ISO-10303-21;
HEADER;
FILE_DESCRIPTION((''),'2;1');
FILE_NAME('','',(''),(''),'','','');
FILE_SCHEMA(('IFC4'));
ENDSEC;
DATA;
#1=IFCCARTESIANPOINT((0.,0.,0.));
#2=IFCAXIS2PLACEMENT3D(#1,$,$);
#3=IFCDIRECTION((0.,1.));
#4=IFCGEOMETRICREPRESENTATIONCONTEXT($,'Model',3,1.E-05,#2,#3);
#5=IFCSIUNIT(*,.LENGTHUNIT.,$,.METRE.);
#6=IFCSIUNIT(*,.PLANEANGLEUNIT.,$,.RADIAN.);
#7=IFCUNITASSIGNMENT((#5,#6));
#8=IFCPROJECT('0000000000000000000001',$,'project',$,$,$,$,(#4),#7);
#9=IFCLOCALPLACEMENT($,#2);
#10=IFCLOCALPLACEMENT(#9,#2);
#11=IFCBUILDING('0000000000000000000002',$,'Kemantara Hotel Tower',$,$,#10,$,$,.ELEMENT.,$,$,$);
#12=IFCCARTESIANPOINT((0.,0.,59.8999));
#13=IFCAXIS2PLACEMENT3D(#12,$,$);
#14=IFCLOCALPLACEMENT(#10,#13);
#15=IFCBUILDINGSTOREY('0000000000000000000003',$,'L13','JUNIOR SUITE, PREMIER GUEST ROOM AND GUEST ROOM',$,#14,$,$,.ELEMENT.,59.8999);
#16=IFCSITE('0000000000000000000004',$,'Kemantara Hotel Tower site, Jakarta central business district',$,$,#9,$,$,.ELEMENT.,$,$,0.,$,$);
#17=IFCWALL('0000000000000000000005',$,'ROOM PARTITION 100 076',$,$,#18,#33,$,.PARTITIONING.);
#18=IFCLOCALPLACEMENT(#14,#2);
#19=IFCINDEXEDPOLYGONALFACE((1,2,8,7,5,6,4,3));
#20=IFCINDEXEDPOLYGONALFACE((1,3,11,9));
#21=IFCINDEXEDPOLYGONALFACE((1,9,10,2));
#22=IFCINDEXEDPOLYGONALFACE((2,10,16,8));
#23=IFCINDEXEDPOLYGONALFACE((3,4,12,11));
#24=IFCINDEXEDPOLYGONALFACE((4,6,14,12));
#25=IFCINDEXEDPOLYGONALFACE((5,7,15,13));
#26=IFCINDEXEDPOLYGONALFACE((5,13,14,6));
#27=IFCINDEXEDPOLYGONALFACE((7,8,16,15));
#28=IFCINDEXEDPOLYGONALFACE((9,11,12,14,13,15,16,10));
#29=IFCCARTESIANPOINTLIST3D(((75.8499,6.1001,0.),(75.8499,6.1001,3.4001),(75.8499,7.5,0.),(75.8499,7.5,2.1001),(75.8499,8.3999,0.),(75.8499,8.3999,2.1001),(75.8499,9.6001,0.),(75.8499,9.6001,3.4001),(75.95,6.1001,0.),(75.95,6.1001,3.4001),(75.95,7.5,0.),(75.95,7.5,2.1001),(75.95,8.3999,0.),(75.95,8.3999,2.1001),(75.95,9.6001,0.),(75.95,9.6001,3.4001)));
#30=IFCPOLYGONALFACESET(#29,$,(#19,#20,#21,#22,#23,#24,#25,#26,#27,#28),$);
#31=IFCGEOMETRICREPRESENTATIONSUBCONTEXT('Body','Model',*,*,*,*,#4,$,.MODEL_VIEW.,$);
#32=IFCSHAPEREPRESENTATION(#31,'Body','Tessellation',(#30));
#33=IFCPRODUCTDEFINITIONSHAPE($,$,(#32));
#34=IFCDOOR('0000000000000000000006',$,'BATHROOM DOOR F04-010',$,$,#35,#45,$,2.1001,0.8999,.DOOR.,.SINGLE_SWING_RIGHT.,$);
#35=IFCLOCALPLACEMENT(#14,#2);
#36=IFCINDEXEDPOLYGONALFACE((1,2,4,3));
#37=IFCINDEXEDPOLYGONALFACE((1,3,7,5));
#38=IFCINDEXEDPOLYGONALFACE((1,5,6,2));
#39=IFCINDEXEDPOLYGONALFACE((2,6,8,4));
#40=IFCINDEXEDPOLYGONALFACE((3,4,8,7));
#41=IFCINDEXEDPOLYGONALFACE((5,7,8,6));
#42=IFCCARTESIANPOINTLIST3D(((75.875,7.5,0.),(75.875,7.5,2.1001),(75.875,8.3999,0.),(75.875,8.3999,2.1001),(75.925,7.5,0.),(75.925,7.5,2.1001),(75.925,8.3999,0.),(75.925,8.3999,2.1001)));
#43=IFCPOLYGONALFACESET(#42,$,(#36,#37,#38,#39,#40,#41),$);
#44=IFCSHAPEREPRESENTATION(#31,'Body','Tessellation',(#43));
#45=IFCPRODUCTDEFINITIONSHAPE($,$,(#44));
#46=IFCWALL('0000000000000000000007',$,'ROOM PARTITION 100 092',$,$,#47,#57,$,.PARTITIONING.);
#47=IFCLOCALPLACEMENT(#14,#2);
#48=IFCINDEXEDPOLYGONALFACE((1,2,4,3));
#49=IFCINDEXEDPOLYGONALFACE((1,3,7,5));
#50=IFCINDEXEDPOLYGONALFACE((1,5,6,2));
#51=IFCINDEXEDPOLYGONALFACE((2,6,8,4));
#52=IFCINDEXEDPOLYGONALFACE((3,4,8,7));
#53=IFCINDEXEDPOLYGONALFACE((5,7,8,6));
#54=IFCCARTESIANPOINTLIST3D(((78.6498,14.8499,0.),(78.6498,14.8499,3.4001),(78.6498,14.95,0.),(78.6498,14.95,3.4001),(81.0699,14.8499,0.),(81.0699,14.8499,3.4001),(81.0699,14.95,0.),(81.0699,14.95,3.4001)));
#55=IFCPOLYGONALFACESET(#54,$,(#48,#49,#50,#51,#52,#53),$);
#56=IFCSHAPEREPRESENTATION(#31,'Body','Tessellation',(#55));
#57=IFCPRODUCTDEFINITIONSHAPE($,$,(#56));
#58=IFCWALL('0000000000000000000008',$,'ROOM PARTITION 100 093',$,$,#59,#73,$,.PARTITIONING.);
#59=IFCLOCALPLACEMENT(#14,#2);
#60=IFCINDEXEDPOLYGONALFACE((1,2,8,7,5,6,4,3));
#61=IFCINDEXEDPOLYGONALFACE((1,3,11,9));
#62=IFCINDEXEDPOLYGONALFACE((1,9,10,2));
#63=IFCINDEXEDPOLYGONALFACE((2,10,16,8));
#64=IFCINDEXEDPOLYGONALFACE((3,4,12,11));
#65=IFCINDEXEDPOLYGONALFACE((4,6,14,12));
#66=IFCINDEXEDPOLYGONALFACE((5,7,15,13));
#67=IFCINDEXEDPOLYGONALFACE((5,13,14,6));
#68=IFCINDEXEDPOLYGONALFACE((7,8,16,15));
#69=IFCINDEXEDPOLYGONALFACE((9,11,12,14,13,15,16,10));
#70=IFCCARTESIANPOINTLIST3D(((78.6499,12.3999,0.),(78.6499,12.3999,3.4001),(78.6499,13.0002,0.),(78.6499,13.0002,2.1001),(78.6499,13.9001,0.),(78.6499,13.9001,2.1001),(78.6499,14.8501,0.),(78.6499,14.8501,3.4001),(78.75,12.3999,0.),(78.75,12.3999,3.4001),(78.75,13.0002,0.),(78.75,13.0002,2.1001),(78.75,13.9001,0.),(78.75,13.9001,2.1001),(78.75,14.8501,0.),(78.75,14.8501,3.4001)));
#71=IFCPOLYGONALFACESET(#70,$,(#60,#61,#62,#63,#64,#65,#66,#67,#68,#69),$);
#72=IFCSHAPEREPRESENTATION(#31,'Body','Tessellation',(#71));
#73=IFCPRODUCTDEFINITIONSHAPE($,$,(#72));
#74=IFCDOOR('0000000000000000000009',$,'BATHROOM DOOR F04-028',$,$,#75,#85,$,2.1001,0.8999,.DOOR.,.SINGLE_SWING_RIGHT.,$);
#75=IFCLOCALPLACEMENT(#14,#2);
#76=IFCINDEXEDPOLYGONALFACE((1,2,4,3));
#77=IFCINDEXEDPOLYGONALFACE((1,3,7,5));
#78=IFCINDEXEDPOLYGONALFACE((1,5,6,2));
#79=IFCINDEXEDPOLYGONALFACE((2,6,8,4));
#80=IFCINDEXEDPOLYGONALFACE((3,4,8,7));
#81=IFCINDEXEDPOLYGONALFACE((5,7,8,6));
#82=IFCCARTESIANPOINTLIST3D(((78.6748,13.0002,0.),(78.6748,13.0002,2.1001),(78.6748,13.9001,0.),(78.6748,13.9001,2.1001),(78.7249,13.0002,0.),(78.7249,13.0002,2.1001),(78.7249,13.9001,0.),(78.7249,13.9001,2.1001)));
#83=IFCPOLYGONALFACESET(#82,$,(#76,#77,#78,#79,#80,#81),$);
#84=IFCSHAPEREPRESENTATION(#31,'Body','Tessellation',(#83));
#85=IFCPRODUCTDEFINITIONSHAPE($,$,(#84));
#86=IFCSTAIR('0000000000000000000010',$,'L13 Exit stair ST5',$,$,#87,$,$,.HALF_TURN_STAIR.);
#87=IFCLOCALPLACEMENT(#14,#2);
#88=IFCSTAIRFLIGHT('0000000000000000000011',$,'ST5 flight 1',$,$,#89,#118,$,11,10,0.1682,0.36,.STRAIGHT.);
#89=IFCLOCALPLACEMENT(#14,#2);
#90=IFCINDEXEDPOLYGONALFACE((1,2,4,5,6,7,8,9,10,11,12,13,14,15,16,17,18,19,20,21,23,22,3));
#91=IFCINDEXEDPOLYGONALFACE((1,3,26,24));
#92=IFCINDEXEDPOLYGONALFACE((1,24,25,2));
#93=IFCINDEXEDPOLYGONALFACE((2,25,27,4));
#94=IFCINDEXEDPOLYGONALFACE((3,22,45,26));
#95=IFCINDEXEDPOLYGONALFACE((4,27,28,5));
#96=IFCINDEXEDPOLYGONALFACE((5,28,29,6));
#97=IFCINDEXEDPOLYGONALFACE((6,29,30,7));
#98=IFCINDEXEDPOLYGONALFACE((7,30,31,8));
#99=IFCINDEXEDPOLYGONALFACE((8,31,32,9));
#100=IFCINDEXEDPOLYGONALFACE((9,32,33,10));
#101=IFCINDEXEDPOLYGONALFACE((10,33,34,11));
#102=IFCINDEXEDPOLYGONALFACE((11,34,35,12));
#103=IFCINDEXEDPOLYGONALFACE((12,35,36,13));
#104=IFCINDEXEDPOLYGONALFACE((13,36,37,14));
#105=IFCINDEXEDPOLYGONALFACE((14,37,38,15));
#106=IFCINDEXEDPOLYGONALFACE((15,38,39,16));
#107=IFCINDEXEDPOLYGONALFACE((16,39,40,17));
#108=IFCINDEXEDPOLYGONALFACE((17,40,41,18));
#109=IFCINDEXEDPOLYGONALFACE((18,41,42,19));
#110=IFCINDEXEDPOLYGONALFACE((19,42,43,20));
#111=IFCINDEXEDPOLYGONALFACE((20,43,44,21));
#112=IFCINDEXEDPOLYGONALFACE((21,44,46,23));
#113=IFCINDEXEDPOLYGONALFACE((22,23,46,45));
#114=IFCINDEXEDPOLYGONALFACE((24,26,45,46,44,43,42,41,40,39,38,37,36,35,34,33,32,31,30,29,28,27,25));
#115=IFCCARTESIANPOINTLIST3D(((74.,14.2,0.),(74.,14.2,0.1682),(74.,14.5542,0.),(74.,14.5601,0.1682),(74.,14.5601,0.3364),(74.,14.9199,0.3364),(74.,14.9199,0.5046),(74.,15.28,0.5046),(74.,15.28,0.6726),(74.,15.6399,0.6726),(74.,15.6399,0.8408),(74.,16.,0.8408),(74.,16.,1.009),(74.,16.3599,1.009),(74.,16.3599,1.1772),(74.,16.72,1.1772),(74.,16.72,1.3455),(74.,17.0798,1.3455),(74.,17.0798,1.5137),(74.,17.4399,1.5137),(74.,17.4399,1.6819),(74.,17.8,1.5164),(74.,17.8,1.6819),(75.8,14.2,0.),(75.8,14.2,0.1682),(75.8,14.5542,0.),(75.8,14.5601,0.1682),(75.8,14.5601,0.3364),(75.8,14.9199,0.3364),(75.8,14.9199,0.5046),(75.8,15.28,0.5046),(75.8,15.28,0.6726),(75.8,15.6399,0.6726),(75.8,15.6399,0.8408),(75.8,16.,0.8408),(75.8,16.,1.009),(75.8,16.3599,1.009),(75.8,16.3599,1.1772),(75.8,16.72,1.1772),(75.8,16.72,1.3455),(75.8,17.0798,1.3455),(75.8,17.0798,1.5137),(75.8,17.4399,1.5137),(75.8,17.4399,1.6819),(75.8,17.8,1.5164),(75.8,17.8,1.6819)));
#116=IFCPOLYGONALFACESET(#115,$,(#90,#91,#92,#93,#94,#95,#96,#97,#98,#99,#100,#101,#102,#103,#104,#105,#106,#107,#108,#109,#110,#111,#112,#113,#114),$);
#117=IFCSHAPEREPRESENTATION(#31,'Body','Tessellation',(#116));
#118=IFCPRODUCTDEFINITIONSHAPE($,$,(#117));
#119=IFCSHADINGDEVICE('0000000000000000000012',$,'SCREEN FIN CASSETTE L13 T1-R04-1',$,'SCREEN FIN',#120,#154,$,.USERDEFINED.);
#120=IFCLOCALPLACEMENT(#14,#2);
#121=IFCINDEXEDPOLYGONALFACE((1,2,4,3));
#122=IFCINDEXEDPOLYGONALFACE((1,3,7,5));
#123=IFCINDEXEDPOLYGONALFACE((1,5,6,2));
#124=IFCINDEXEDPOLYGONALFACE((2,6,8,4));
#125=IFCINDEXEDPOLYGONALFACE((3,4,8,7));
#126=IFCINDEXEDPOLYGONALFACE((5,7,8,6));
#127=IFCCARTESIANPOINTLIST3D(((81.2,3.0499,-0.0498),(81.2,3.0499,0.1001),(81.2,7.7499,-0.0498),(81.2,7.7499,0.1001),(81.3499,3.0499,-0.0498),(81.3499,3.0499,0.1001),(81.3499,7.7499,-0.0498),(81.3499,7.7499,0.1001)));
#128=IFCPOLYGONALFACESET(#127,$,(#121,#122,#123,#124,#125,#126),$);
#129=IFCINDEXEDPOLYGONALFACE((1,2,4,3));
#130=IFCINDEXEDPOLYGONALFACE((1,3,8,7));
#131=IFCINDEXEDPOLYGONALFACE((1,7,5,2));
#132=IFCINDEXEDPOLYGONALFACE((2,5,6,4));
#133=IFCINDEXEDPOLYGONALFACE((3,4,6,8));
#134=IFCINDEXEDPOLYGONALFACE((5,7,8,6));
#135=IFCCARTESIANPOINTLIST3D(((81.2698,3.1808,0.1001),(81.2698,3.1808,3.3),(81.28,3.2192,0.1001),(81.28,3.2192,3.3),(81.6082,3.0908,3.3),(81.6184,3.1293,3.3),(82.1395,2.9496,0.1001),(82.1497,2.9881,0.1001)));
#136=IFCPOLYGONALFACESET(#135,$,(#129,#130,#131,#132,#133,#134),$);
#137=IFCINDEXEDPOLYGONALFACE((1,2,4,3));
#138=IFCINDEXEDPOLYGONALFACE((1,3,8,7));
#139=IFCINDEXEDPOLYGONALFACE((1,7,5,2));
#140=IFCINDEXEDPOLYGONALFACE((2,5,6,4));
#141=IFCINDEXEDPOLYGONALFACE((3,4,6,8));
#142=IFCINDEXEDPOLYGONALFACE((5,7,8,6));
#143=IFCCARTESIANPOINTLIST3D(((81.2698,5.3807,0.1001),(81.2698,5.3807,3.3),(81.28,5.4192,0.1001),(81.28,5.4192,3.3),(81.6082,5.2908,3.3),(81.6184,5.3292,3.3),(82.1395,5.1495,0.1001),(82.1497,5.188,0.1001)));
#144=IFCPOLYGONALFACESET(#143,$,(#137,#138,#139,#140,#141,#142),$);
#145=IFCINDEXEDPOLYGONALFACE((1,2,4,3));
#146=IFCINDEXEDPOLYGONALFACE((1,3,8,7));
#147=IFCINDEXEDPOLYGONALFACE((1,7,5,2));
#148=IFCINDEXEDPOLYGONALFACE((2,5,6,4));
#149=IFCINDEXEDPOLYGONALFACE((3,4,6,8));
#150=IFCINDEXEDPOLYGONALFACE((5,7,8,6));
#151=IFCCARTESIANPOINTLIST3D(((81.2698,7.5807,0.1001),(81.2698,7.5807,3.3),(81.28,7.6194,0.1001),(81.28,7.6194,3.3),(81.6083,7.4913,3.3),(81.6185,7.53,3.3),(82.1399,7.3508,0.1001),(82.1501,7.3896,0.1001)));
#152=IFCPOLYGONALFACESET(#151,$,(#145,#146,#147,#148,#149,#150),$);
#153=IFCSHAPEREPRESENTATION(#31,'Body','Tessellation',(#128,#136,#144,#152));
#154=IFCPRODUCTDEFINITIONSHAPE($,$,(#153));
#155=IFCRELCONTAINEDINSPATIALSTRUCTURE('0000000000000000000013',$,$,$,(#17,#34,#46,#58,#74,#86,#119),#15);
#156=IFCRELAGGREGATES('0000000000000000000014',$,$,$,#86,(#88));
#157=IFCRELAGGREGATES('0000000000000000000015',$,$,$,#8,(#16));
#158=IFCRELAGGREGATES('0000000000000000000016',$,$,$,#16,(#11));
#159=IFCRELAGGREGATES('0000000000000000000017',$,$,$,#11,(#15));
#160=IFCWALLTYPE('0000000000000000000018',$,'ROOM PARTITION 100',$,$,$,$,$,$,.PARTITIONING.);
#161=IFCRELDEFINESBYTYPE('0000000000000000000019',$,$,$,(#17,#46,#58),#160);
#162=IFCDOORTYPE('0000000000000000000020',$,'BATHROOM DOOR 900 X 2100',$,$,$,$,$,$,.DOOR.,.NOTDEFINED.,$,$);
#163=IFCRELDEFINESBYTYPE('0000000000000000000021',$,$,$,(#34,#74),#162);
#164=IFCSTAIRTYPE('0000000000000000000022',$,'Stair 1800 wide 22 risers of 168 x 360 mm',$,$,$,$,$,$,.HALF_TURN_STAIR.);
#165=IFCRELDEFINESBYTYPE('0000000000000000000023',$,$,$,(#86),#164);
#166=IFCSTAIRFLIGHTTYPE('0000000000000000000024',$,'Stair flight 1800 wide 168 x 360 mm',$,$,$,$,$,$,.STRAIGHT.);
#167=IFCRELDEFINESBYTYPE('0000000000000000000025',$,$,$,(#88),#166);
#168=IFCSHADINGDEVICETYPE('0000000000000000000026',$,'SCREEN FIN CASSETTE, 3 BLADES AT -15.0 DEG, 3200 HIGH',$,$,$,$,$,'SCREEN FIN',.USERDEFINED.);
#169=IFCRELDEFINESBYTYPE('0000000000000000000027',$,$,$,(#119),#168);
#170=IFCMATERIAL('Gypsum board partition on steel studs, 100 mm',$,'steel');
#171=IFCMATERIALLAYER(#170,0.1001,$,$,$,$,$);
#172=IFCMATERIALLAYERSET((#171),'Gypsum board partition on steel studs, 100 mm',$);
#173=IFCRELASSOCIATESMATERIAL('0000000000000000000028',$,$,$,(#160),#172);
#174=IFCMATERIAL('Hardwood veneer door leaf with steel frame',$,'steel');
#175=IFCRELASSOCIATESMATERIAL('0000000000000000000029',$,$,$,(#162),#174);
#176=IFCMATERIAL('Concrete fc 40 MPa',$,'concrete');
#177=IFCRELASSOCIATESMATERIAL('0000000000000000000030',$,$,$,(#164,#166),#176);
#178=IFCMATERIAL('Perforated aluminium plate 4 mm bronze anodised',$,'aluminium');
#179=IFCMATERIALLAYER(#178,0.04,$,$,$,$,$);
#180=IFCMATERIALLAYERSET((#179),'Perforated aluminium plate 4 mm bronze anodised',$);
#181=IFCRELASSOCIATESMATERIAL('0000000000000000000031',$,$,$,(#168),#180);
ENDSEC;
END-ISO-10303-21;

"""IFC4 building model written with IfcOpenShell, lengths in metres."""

from ifc_helpers import new_model, si_unit, direction, frame, frame_2d, origin, origin_2d, place, context, subcontext, project, spatial, polyline, rectangle, outline, extrude, source, transform, mapped, material, layer, layer_set, type_object, element, fill, aggregate, save


model = new_model("IFC4")

# Units and contexts
model_context = context("Model", 3, precision=1e-05, world=origin(), true_north=direction((0.0, 1.0)))
body_context = subcontext(model_context, "Body", "Model", "MODEL_VIEW")
ifc_project = project(units=[si_unit("LENGTHUNIT", "METRE"), si_unit("PLANEANGLEUNIT", "RADIAN")], contexts=[model_context])

# Site, building, storey
site_placement = place(None, origin())
site = spatial("IfcSite", under=ifc_project, at=site_placement, Name="Kemantara Hotel Tower site, Jakarta central business district", CompositionType="ELEMENT", RefElevation=0.0)
building_placement = place(site_placement, origin())
building = spatial("IfcBuilding", under=site, at=building_placement, Name="Kemantara Hotel Tower", CompositionType="ELEMENT")
storey_placement = place(building_placement, frame((0.0, 0.0, 59.8999)))
storey = spatial("IfcBuildingStorey", under=building, at=storey_placement, Name="L13", Description="JUNIOR SUITE, PREMIER GUEST ROOM AND GUEST ROOM", CompositionType="ELEMENT", Elevation=59.8999)

# Shared definitions
ifc_material_1 = material(Name="Hardwood veneer door leaf with steel frame", Category="steel")
ifc_material_2 = material(Name="Concrete fc 40 MPa", Category="concrete")

# Shared definitions
ifc_material_3 = material(Name="Gypsum board partition on steel studs, 100 mm", Category="steel")
ifc_layer_1 = layer(ifc_material_3, 0.1001)
ifc_layer_set_1 = layer_set([ifc_layer_1], Name="Gypsum board partition on steel studs, 100 mm")
wall_type_1 = type_object("IfcWallType", Name="ROOM PARTITION 100", PredefinedType="PARTITIONING", material=ifc_layer_set_1)

# Wall, opening, door
wall_1_placement = place(storey_placement, frame((75.8999, 6.1001, 0.0), z_axis=(0.0, 0.0, 1.0), x_axis=(0.0, 1.0, 0.0)))
wall_1 = element("IfcWall", 1, at=wall_1_placement, inside=storey, type_object=wall_type_1, Name="ROOM PARTITION 100 076", PredefinedType="PARTITIONING", context=body_context, shape_type="SweptSolid", body=[
    extrude(rectangle(XDim=3.5, YDim=0.1001, at=frame_2d((1.75, 0.0))), origin(), (0.0, 0.0, 1.0), 3.4001),
])
opening_1_placement = place(wall_1_placement, frame((1.3999, 0.0, 0.0)))
opening_1 = element("IfcOpeningElement", 2, at=opening_1_placement, cuts=wall_1, PredefinedType="OPENING", context=body_context, shape_type="SweptSolid", body=[
    extrude(rectangle(XDim=0.8999, YDim=2.1001, at=frame_2d((0.45, 1.05))), frame((0.0, 0.0601, 0.0), z_axis=(0.0, -1.0, 0.0), x_axis=(1.0, 0.0, 0.0)), (0.0, 0.0, 1.0), 0.1201),
])
door_type_1 = type_object("IfcDoorType", Name="BATHROOM DOOR 900 X 2100", OperationType="NOTDEFINED", PredefinedType="DOOR", material=ifc_material_1)
door_1_placement = place(opening_1_placement, origin())
door_1 = element("IfcDoor", 3, at=door_1_placement, inside=storey, type_object=door_type_1, Name="BATHROOM DOOR F04-010", OperationType="SINGLE_SWING_RIGHT", OverallHeight=2.1001, OverallWidth=0.8999, PredefinedType="DOOR", context=body_context, shape_type="SweptSolid", body=[
    extrude(rectangle(XDim=0.8999, YDim=2.1001, at=frame_2d((0.45, 1.05))), frame((0.0, 0.0249, 0.0), z_axis=(0.0, -1.0, 0.0), x_axis=(1.0, 0.0, 0.0)), (0.0, 0.0, 1.0), 0.05),
])
fill(opening_1, door_1)

# Wall
wall_2_placement = place(storey_placement, frame((78.6499, 14.8999, 0.0), z_axis=(0.0, 0.0, 1.0), x_axis=(1.0, 0.0, 0.0)))
element("IfcWall", 4, at=wall_2_placement, inside=storey, type_object=wall_type_1, Name="ROOM PARTITION 100 092", PredefinedType="PARTITIONING", context=body_context, shape_type="SweptSolid", body=[
    extrude(rectangle(XDim=2.4202, YDim=0.1001, at=frame_2d((1.21, 0.0))), origin(), (0.0, 0.0, 1.0), 3.4001),
])

# Wall, opening, door
wall_3_placement = place(storey_placement, frame((78.7, 14.8501, 0.0), z_axis=(0.0, 0.0, 1.0), x_axis=(0.0, -1.0, 0.0)))
wall_3 = element("IfcWall", 5, at=wall_3_placement, inside=storey, type_object=wall_type_1, Name="ROOM PARTITION 100 093", PredefinedType="PARTITIONING", context=body_context, shape_type="SweptSolid", body=[
    extrude(rectangle(XDim=2.4502, YDim=0.1001, at=frame_2d((1.2251, 0.0))), origin(), (0.0, 0.0, 1.0), 3.4001),
])
opening_2_placement = place(wall_3_placement, frame((0.95, 0.0, 0.0)))
opening_2 = element("IfcOpeningElement", 6, at=opening_2_placement, cuts=wall_3, PredefinedType="OPENING", context=body_context, shape_type="SweptSolid", body=[
    extrude(rectangle(XDim=0.8999, YDim=2.1001, at=frame_2d((0.45, 1.05))), frame((0.0, 0.0601, 0.0), z_axis=(0.0, -1.0, 0.0), x_axis=(1.0, 0.0, 0.0)), (0.0, 0.0, 1.0), 0.1201),
])
door_2_placement = place(opening_2_placement, origin())
door_2 = element("IfcDoor", 7, at=door_2_placement, inside=storey, type_object=door_type_1, Name="BATHROOM DOOR F04-028", OperationType="SINGLE_SWING_RIGHT", OverallHeight=2.1001, OverallWidth=0.8999, PredefinedType="DOOR", context=body_context, shape_type="SweptSolid", body=[
    extrude(rectangle(XDim=0.8999, YDim=2.1001, at=frame_2d((0.45, 1.05))), frame((0.0, 0.0249, 0.0), z_axis=(0.0, -1.0, 0.0), x_axis=(1.0, 0.0, 0.0)), (0.0, 0.0, 1.0), 0.05),
])
fill(opening_2, door_2)

# Stair, stair flight
stair_type = type_object("IfcStairType", Name="Stair 1800 wide 22 risers of 168 x 360 mm", PredefinedType="HALF_TURN_STAIR", material=ifc_material_2)
stair_placement = place(storey_placement, origin())
stair = element("IfcStair", 8, at=stair_placement, inside=storey, type_object=stair_type, Name="L13 Exit stair ST5", PredefinedType="HALF_TURN_STAIR")
stair_flight_type = type_object("IfcStairFlightType", Name="Stair flight 1800 wide 168 x 360 mm", PredefinedType="STRAIGHT", material=ifc_material_2)
stair_flight_placement = place(storey_placement, frame((74.8999, 14.2, 0.0), z_axis=(0.0, 0.0, 1.0), x_axis=(0.0, 1.0, 0.0)))
stair_flight = element("IfcStairFlight", 9, at=stair_flight_placement, type_object=stair_flight_type, Name="ST5 flight 1", NumberOfRisers=11, NumberOfTreads=10, PredefinedType="STRAIGHT", RiserHeight=0.1682, TreadLength=0.36, context=body_context, shape_type="SweptSolid", body=[
    extrude(outline(polyline([(0.0, 0.0), (0.0, 0.1682), (0.3601, 0.1682), (0.3601, 0.3364), (0.72, 0.3364), (0.72, 0.5046), (1.0801, 0.5046), (1.0801, 0.6726), (1.4399, 0.6726), (1.4399, 0.8408), (1.8, 0.8408), (1.8, 1.009), (2.1599, 1.009), (2.1599, 1.1772), (2.52, 1.1772), (2.52, 1.3455), (2.8799, 1.3455), (2.8799, 1.5137), (3.24, 1.5137), (3.24, 1.6819), (3.6001, 1.6819), (3.6001, 1.8501), (3.6001, 1.5164), (0.3542, 0.0), (0.0, 0.0)])), frame((0.0, 0.8999, 0.0), z_axis=(0.0, -1.0, 0.0), x_axis=(1.0, 0.0, 0.0)), (0.0, 0.0, 1.0), 1.8),
])
aggregate(stair, [stair_flight])

# Shading device
ifc_material_4 = material(Name="Perforated aluminium plate 4 mm bronze anodised", Category="aluminium")
ifc_layer_2 = layer(ifc_material_4, 0.04)
ifc_layer_set_2 = layer_set([ifc_layer_2], Name="Perforated aluminium plate 4 mm bronze anodised")
shading_device_type_1 = type_object("IfcShadingDeviceType", Name="SCREEN FIN CASSETTE, 3 BLADES AT -15.0 DEG, 3200 HIGH", ElementType="SCREEN FIN", PredefinedType="USERDEFINED", material=ifc_layer_set_2)
shared_shape_1 = source(origin(), body_context, "Body", "SweptSolid", [
    extrude(rectangle(XDim=4.7, YDim=0.1499, at=origin_2d()), frame((2.2, -0.075, -0.1499), z_axis=(0.0, 0.0, 1.0), x_axis=(1.0, 0.0, 0.0)), (0.0, 0.0, 1.0), 0.1499),
    extrude(outline(polyline([(0.0, 0.0), (0.8999, 0.0), (0.3501, 3.2), (0.0, 3.2), (0.0, 0.0)])), frame((0.0193, -0.0801, 0.0), z_axis=(-0.966438, 0.256901, 0.0), x_axis=(-0.256901, -0.966438, 0.0)), (0.0, 0.0, 1.0), 0.0398),
    extrude(outline(polyline([(0.0, 0.0), (0.8999, 0.0), (0.3501, 3.2), (0.0, 3.2), (0.0, 0.0)])), frame((2.2192, -0.0801, 0.0), z_axis=(-0.966438, 0.256901, 0.0), x_axis=(-0.256901, -0.966438, 0.0)), (0.0, 0.0, 1.0), 0.0398),
    extrude(outline(polyline([(0.0, 0.0), (0.8999, 0.0), (0.3501, 3.2), (0.0, 3.2), (0.0, 0.0)])), frame((4.4194, -0.0801, 0.0), z_axis=(-0.966838, 0.255391, 0.0), x_axis=(-0.255391, -0.966838, 0.0)), (0.0, 0.0, 1.0), 0.04),
])
shading_device_1_placement = place(storey_placement, frame((81.2, 3.2, 0.1001), z_axis=(0.0, 0.0, 1.0), x_axis=(0.0, 1.0, 0.0)))
element("IfcShadingDevice", 10, at=shading_device_1_placement, inside=storey, type_object=shading_device_type_1, Name="SCREEN FIN CASSETTE L13 T1-R04-1", ObjectType="SCREEN FIN", PredefinedType="USERDEFINED", context=body_context, shape_type="MappedRepresentation", body=[
    mapped(shared_shape_1, transform((0.0, 0.0, 0.0))),
])

save(model, "model.ifc")
